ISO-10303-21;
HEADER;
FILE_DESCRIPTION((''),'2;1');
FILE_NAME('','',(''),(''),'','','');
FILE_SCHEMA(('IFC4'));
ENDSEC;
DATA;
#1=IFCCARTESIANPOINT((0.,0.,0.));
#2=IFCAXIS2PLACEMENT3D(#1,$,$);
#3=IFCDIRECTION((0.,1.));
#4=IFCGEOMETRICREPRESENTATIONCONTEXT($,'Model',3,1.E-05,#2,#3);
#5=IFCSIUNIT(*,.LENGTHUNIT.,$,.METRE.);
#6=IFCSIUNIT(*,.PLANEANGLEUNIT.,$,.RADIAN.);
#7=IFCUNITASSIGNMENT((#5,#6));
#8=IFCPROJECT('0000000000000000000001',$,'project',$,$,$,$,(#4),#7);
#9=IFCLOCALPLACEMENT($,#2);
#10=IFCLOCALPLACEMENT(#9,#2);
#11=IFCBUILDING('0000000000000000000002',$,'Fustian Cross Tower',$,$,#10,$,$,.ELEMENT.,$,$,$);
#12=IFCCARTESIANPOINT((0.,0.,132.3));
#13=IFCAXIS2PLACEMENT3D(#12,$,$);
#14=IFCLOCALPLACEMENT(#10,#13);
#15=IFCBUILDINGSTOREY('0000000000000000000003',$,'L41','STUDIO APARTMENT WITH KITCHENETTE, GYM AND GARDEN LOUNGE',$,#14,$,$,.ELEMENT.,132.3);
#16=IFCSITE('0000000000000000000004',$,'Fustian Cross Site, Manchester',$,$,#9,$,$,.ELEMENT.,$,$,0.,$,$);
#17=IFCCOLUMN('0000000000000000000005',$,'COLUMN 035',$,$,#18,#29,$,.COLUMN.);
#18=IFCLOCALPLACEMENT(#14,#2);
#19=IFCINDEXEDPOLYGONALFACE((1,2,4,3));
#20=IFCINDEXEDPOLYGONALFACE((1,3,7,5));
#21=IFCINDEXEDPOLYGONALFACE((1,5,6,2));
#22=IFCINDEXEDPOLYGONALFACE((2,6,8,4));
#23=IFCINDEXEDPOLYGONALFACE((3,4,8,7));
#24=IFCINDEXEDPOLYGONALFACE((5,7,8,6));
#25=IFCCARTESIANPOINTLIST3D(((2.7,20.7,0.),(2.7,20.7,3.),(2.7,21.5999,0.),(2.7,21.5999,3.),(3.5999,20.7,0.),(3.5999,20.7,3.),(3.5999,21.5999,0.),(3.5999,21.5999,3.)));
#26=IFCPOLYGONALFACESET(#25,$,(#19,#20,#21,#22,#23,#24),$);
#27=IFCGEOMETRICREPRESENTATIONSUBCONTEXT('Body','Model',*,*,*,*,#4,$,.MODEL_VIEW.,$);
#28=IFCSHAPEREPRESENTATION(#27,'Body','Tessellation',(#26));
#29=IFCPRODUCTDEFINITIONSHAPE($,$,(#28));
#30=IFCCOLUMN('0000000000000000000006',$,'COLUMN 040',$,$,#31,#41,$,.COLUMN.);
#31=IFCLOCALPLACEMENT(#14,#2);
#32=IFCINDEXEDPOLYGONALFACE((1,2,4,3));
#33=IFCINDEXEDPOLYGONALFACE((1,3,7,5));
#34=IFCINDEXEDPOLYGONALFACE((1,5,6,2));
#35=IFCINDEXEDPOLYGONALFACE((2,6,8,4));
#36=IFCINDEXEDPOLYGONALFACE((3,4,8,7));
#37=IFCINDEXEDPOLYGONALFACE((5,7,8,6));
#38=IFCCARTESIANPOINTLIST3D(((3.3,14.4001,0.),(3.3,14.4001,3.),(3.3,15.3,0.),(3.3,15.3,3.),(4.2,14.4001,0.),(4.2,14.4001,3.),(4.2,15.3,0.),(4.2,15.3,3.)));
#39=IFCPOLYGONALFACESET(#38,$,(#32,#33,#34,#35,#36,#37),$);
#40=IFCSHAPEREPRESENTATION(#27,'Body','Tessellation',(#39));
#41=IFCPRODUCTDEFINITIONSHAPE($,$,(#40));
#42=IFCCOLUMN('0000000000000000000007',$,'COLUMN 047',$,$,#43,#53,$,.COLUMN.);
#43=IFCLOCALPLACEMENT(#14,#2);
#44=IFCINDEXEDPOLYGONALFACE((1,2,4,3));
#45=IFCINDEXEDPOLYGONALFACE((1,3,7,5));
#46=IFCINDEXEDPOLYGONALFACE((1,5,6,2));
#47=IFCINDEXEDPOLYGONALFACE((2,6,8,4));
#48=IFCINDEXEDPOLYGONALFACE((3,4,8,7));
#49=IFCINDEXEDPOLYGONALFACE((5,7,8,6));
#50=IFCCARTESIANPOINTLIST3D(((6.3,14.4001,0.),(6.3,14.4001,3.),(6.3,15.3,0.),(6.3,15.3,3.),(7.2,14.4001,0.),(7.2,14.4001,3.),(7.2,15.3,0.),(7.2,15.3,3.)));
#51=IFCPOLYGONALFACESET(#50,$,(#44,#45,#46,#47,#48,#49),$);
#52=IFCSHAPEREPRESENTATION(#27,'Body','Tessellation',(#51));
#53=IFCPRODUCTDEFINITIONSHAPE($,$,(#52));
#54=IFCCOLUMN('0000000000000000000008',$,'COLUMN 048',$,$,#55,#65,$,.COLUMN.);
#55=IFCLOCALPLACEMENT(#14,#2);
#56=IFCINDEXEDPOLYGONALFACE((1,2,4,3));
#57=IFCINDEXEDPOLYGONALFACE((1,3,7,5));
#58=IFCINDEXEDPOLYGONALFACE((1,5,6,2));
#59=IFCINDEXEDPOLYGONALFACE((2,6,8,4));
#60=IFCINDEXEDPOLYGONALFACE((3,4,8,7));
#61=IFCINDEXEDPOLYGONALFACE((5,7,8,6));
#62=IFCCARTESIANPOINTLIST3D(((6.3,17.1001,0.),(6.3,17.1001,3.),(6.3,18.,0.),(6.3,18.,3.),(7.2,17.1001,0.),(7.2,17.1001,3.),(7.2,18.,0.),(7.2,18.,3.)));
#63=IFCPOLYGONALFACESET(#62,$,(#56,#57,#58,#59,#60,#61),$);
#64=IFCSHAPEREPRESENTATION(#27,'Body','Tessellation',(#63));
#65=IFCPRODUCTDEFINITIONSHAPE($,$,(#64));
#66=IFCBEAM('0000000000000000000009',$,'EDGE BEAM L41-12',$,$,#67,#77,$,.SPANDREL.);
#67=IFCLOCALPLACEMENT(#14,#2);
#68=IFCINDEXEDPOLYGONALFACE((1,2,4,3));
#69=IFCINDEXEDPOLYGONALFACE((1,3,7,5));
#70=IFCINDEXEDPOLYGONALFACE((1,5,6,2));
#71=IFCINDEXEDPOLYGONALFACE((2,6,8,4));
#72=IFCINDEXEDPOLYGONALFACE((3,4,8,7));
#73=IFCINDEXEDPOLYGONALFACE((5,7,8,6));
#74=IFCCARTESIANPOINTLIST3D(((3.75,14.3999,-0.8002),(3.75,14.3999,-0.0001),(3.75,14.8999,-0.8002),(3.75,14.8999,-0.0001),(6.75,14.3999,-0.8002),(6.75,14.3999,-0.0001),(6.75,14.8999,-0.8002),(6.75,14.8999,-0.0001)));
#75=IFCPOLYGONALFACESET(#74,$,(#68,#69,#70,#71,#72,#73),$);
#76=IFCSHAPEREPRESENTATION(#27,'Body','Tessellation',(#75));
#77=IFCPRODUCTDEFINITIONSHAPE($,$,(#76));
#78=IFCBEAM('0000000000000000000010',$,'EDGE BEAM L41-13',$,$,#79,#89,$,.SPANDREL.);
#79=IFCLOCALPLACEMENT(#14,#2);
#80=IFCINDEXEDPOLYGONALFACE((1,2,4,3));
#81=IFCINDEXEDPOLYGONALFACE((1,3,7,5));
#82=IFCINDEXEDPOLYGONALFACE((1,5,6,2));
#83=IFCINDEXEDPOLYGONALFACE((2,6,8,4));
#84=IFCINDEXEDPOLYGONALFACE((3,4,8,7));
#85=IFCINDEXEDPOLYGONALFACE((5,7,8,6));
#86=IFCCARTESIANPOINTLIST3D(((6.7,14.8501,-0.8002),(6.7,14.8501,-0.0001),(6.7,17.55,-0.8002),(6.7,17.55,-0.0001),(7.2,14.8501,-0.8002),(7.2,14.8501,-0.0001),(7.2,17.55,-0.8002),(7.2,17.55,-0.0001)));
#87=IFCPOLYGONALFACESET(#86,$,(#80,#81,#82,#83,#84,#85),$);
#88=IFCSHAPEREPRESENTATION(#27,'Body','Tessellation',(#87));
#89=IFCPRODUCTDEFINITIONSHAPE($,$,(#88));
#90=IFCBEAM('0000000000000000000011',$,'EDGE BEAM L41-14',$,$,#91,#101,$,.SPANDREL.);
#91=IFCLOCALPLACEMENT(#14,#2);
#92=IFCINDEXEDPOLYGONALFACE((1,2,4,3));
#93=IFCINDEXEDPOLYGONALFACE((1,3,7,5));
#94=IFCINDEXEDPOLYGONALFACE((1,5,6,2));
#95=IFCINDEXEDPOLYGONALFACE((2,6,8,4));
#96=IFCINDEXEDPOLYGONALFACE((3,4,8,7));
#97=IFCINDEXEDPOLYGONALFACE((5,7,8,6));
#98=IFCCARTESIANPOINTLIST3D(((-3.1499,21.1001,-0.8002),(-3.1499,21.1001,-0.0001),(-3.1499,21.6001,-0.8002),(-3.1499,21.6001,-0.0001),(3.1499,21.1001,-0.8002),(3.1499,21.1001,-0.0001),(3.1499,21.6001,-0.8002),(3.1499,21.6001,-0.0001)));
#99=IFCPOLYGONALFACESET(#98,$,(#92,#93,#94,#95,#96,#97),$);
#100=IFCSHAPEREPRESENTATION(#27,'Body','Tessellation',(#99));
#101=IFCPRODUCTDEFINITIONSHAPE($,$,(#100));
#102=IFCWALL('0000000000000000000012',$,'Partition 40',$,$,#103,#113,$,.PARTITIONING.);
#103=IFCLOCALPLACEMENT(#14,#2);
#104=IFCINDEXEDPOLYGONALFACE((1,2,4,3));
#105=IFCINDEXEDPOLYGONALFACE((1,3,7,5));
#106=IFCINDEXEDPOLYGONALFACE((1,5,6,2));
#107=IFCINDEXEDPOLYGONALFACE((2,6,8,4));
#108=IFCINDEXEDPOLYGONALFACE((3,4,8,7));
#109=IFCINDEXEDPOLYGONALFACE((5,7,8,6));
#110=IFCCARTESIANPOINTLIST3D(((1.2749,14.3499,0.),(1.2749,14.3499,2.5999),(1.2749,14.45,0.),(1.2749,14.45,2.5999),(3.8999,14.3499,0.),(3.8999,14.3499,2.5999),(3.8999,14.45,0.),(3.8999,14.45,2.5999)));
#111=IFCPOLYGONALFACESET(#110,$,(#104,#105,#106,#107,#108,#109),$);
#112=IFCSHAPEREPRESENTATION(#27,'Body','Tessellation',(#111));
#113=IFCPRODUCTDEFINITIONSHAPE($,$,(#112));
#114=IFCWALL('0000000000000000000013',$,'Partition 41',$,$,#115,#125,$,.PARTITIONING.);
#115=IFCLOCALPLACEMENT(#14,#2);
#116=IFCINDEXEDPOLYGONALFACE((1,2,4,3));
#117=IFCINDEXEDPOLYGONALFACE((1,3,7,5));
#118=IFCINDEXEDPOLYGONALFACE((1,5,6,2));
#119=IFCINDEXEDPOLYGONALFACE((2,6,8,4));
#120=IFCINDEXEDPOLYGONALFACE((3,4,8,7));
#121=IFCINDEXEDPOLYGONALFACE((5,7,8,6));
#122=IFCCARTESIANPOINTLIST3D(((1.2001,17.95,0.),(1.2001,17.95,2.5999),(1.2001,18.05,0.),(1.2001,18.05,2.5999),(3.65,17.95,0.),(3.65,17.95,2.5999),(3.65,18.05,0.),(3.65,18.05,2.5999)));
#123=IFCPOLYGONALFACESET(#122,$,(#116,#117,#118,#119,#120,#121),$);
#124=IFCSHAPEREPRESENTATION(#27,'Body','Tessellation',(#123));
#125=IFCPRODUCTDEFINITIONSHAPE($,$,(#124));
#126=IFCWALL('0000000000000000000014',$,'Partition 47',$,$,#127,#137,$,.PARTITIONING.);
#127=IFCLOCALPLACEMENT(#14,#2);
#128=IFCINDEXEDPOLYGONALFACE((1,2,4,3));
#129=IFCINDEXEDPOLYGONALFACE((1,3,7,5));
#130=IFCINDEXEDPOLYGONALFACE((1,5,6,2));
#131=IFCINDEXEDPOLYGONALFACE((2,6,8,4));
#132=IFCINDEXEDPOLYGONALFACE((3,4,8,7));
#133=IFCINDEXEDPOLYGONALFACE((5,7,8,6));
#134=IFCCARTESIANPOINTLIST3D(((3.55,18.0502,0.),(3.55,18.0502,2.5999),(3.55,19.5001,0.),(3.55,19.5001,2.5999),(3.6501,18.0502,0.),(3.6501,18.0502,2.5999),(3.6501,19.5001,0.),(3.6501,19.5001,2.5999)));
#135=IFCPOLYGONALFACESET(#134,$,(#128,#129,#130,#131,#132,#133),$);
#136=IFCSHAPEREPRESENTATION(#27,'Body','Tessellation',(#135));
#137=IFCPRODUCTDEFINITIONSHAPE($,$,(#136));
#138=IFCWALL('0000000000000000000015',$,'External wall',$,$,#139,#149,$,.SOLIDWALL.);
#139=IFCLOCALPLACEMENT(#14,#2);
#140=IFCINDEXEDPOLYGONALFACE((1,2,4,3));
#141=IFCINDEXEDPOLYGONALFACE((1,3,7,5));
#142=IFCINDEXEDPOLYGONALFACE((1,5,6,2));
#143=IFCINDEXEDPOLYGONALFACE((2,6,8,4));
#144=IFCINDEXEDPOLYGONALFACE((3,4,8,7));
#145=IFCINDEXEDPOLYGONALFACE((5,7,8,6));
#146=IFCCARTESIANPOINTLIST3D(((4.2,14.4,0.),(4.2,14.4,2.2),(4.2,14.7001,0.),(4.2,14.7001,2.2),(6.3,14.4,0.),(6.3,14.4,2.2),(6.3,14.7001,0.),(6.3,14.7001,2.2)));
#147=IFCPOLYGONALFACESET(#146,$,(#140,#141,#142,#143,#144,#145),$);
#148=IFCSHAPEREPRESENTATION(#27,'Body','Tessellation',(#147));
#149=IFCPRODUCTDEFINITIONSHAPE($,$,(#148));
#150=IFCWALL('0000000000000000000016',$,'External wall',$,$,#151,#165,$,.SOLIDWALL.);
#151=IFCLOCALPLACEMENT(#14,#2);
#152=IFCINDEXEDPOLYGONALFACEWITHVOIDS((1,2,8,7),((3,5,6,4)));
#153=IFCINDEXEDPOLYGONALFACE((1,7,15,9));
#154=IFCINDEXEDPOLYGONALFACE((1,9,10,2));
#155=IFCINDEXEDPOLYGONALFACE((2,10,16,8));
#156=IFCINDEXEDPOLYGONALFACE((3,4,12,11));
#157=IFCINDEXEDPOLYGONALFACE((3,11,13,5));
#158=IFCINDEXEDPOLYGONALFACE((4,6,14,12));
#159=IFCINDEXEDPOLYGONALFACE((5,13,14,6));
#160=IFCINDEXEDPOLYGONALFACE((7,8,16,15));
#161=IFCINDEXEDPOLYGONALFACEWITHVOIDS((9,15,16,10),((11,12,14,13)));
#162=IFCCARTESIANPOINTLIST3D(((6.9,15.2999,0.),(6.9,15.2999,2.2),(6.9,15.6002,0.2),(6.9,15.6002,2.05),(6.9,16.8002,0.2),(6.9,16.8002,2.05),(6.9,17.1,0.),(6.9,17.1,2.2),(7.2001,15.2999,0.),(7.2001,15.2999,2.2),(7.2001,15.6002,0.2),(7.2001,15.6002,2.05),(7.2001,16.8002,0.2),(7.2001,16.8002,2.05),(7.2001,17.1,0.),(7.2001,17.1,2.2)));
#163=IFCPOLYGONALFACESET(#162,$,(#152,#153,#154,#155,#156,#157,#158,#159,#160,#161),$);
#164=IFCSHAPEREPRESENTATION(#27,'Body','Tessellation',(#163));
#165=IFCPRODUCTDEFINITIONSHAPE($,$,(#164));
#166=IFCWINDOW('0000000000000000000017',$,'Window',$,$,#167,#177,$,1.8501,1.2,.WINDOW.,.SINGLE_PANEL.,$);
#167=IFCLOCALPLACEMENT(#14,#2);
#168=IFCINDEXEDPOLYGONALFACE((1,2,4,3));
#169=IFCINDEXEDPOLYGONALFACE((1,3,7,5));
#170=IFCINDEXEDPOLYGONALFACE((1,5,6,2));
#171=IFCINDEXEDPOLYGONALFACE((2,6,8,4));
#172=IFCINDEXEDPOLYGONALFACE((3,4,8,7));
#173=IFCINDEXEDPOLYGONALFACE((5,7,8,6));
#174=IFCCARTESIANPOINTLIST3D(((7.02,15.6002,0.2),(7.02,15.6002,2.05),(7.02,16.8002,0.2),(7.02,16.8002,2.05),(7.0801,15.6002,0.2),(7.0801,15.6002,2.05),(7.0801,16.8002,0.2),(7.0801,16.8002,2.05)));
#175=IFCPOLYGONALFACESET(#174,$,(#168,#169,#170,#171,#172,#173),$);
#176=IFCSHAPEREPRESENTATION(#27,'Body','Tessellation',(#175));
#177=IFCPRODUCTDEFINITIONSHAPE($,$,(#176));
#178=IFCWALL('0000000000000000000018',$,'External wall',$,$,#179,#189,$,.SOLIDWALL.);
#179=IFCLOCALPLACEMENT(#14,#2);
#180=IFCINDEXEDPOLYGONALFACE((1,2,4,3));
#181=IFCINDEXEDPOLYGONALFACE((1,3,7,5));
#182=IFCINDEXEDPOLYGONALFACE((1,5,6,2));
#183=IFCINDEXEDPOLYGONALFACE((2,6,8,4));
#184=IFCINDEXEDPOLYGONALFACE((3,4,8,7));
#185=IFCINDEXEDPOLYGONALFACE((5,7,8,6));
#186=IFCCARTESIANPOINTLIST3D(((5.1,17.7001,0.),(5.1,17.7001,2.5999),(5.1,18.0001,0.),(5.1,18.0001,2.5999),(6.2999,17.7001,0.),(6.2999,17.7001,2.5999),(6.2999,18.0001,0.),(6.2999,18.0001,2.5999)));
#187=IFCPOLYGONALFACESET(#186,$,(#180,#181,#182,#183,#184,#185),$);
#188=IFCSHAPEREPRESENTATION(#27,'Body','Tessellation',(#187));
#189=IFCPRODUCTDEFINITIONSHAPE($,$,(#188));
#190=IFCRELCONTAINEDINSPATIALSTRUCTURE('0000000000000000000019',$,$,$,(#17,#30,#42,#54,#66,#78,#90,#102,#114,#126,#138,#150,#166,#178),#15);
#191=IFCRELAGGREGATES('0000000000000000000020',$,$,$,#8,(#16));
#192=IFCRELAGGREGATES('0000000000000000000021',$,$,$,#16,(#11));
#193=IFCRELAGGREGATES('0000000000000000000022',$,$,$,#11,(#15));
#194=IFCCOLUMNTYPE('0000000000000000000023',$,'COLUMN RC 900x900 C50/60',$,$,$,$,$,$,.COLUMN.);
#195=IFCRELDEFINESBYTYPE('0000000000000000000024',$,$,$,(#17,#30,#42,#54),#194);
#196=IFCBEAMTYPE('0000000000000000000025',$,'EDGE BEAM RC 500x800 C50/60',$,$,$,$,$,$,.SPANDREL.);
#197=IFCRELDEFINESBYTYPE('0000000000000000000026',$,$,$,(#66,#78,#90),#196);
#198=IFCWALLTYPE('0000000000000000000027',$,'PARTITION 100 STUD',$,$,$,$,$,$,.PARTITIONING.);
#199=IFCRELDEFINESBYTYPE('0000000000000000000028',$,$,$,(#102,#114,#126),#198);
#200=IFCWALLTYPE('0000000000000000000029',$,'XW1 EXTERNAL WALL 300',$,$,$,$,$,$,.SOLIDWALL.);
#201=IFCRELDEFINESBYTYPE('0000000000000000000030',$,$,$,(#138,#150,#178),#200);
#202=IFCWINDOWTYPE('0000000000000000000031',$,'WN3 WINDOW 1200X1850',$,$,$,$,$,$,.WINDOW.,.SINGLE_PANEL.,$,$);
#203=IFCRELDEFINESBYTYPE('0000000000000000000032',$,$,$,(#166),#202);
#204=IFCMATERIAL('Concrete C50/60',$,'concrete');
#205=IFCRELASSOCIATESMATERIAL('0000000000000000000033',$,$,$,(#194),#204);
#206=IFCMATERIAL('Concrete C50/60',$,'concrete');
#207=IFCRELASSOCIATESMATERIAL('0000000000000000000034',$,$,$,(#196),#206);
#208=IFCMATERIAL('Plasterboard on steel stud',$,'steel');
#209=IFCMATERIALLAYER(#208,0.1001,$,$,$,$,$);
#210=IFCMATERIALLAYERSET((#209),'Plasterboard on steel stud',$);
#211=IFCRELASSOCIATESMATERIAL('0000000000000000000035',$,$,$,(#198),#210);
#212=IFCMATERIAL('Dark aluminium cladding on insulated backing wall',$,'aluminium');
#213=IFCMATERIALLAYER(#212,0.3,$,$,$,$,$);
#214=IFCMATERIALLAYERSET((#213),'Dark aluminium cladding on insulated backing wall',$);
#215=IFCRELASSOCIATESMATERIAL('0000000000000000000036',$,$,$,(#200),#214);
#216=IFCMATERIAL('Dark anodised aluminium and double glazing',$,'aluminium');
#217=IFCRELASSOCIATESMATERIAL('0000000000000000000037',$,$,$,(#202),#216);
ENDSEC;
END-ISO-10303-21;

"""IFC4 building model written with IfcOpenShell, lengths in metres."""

from ifc_helpers import new_model, si_unit, direction, frame, frame_2d, origin, origin_2d, place, context, subcontext, project, spatial, rectangle, extrude, material, layer, layer_set, material_profile, profile_set, type_object, element, fill, save


model = new_model("IFC4")

# Units and contexts
model_context = context("Model", 3, precision=1e-05, world=origin(), true_north=direction((0.0, 1.0)))
body_context = subcontext(model_context, "Body", "Model", "MODEL_VIEW")
ifc_project = project(units=[si_unit("LENGTHUNIT", "METRE"), si_unit("PLANEANGLEUNIT", "RADIAN")], contexts=[model_context])

# Site, building, storey
site_placement = place(None, origin())
site = spatial("IfcSite", under=ifc_project, at=site_placement, Name="Fustian Cross Site, Manchester", CompositionType="ELEMENT", RefElevation=0.0)
building_placement = place(site_placement, origin())
building = spatial("IfcBuilding", under=site, at=building_placement, Name="Fustian Cross Tower", CompositionType="ELEMENT")
storey_placement = place(building_placement, frame((0.0, 0.0, 132.3)))
storey = spatial("IfcBuildingStorey", under=building, at=storey_placement, Name="L41", Description="STUDIO APARTMENT WITH KITCHENETTE, GYM AND GARDEN LOUNGE", CompositionType="ELEMENT", Elevation=132.3)

# Columns
ifc_material_1 = material(Name="Concrete C50/60", Category="concrete")
ifc_material_profile_1 = material_profile(ifc_material_1, rectangle(XDim=0.8999, YDim=0.8999, at=origin_2d()), Name="RC 900x900")
ifc_profile_set_1 = profile_set([ifc_material_profile_1], Name="Concrete C50/60")
column_type = type_object("IfcColumnType", Name="COLUMN RC 900x900 C50/60", PredefinedType="COLUMN", material=ifc_profile_set_1)
for number, where, z_axis, x_axis, name in (
    (1, (3.1499, 21.1499, 0.0), (0.0, 0.0, 1.0), (1.0, 0.0, 0.0), "COLUMN 035"),
    (2, (3.75, 14.8501, 0.0), (0.0, 0.0, 1.0), (1.0, 0.0, 0.0), "COLUMN 040"),
    (3, (6.75, 14.8501, 0.0), (0.0, 0.0, 1.0), (1.0, 0.0, 0.0), "COLUMN 047"),
    (4, (6.75, 17.55, 0.0), (0.0, 0.0, 1.0), (1.0, 0.0, 0.0), "COLUMN 048"),
):
    element("IfcColumn", number, at=place(storey_placement, frame(where, z_axis=z_axis, x_axis=x_axis)), inside=storey, type_object=column_type, Name=name, PredefinedType="COLUMN", context=body_context, shape_type="SweptSolid", body=[
        extrude(rectangle(XDim=0.8999, YDim=0.8999, at=origin_2d()), origin(), (0.0, 0.0, 1.0), 3.0),
    ])

# Beams
ifc_material_2 = material(Name="Concrete C50/60", Category="concrete")
ifc_material_profile_2 = material_profile(ifc_material_2, rectangle(XDim=0.5, YDim=0.8, at=origin_2d()), Name="RC 500x800")
ifc_profile_set_2 = profile_set([ifc_material_profile_2], Name="Concrete C50/60")
beam_type = type_object("IfcBeamType", Name="EDGE BEAM RC 500x800 C50/60", PredefinedType="SPANDREL", material=ifc_profile_set_2)
beam_1_placement = place(storey_placement, frame((3.75, 14.6499, -0.4001), z_axis=(1.0, 0.0, 0.0), x_axis=(0.0, 1.0, 0.0)))
element("IfcBeam", 5, at=beam_1_placement, inside=storey, type_object=beam_type, Name="EDGE BEAM L41-12", PredefinedType="SPANDREL", context=body_context, shape_type="SweptSolid", body=[
    extrude(rectangle(XDim=0.5, YDim=0.8, at=origin_2d()), origin(), (0.0, 0.0, 1.0), 3.0),
])
beam_2_placement = place(storey_placement, frame((6.95, 14.8501, -0.4001), z_axis=(0.0, 1.0, 0.0), x_axis=(-1.0, 0.0, 0.0)))
element("IfcBeam", 6, at=beam_2_placement, inside=storey, type_object=beam_type, Name="EDGE BEAM L41-13", PredefinedType="SPANDREL", context=body_context, shape_type="SweptSolid", body=[
    extrude(rectangle(XDim=0.5, YDim=0.8, at=origin_2d()), origin(), (0.0, 0.0, 1.0), 2.7),
])
beam_3_placement = place(storey_placement, frame((3.1499, 21.3501, -0.4001), z_axis=(-1.0, 0.0, 0.0), x_axis=(0.0, -1.0, 0.0)))
element("IfcBeam", 7, at=beam_3_placement, inside=storey, type_object=beam_type, Name="EDGE BEAM L41-14", PredefinedType="SPANDREL", context=body_context, shape_type="SweptSolid", body=[
    extrude(rectangle(XDim=0.5, YDim=0.8, at=origin_2d()), origin(), (0.0, 0.0, 1.0), 6.2998),
])

# Walls
ifc_material_3 = material(Name="Plasterboard on steel stud", Category="steel")
ifc_layer_1 = layer(ifc_material_3, 0.1001)
ifc_layer_set_1 = layer_set([ifc_layer_1], Name="Plasterboard on steel stud")
wall_type_1 = type_object("IfcWallType", Name="PARTITION 100 STUD", PredefinedType="PARTITIONING", material=ifc_layer_set_1)
wall_1_placement = place(storey_placement, frame((1.2749, 14.3999, 0.0), z_axis=(0.0, 0.0, 1.0), x_axis=(1.0, 0.0, 0.0)))
element("IfcWall", 8, at=wall_1_placement, inside=storey, type_object=wall_type_1, Name="Partition 40", PredefinedType="PARTITIONING", context=body_context, shape_type="SweptSolid", body=[
    extrude(rectangle(XDim=2.625, YDim=0.1001, at=frame_2d((1.3125, 0.0))), origin(), (0.0, 0.0, 1.0), 2.5999),
])
wall_2_placement = place(storey_placement, frame((1.2, 18.0, 0.0), z_axis=(0.0, 0.0, 1.0), x_axis=(1.0, 0.0, 0.0)))
element("IfcWall", 9, at=wall_2_placement, inside=storey, type_object=wall_type_1, Name="Partition 41", PredefinedType="PARTITIONING", context=body_context, shape_type="SweptSolid", body=[
    extrude(rectangle(XDim=2.45, YDim=0.1001, at=frame_2d((1.2251, 0.0))), origin(), (0.0, 0.0, 1.0), 2.5999),
])
wall_3_placement = place(storey_placement, frame((3.6001, 18.05, 0.0), z_axis=(0.0, 0.0, 1.0), x_axis=(0.0, 1.0, 0.0)))
element("IfcWall", 10, at=wall_3_placement, inside=storey, type_object=wall_type_1, Name="Partition 47", PredefinedType="PARTITIONING", context=body_context, shape_type="SweptSolid", body=[
    extrude(rectangle(XDim=1.45, YDim=0.1001, at=frame_2d((0.7251, 0.0))), origin(), (0.0, 0.0, 1.0), 2.5999),
])
ifc_material_4 = material(Name="Dark aluminium cladding on insulated backing wall", Category="aluminium")
ifc_layer_2 = layer(ifc_material_4, 0.3)
ifc_layer_set_2 = layer_set([ifc_layer_2], Name="Dark aluminium cladding on insulated backing wall")
wall_type_2 = type_object("IfcWallType", Name="XW1 EXTERNAL WALL 300", PredefinedType="SOLIDWALL", material=ifc_layer_set_2)
wall_4_placement = place(storey_placement, frame((4.2, 14.55, 0.0), z_axis=(0.0, 0.0, 1.0), x_axis=(1.0, 0.0, 0.0)))
element("IfcWall", 11, at=wall_4_placement, inside=storey, type_object=wall_type_2, Name="External wall", PredefinedType="SOLIDWALL", context=body_context, shape_type="SweptSolid", body=[
    extrude(rectangle(XDim=2.1001, YDim=0.3, at=frame_2d((1.05, 0.0))), origin(), (0.0, 0.0, 1.0), 2.2),
])

# Wall, opening, window
wall_5_placement = place(storey_placement, frame((7.05, 15.3, 0.0), z_axis=(0.0, 0.0, 1.0), x_axis=(0.0, 1.0, 0.0)))
wall_5 = element("IfcWall", 12, at=wall_5_placement, inside=storey, type_object=wall_type_2, Name="External wall", PredefinedType="SOLIDWALL", context=body_context, shape_type="SweptSolid", body=[
    extrude(rectangle(XDim=1.8, YDim=0.3, at=frame_2d((0.8999, 0.0))), origin(), (0.0, 0.0, 1.0), 2.2),
])
opening_1_placement = place(wall_5_placement, frame((0.3, 0.0, 0.2)))
opening_1 = element("IfcOpeningElement", 13, at=opening_1_placement, cuts=wall_5, PredefinedType="OPENING", context=body_context, shape_type="SweptSolid", body=[
    extrude(rectangle(XDim=1.2, YDim=1.8501, at=frame_2d((0.6001, 0.925))), frame((0.0, 0.1599, 0.0), z_axis=(0.0, -1.0, 0.0), x_axis=(1.0, 0.0, 0.0)), (0.0, 0.0, 1.0), 0.3201),
])
ifc_material_5 = material(Name="Dark anodised aluminium and double glazing", Category="aluminium")
window_type_1 = type_object("IfcWindowType", Name="WN3 WINDOW 1200X1850", PartitioningType="SINGLE_PANEL", PredefinedType="WINDOW", material=ifc_material_5)
window_1_placement = place(opening_1_placement, origin())
window_1 = element("IfcWindow", 14, at=window_1_placement, inside=storey, type_object=window_type_1, Name="Window", OverallHeight=1.8501, OverallWidth=1.2, PartitioningType="SINGLE_PANEL", PredefinedType="WINDOW", context=body_context, shape_type="SweptSolid", body=[
    extrude(rectangle(XDim=1.2, YDim=1.8501, at=frame_2d((0.6001, 0.925))), frame((0.0, 0.03, 0.0), z_axis=(0.0, -1.0, 0.0), x_axis=(1.0, 0.0, 0.0)), (0.0, 0.0, 1.0), 0.0601),
])
fill(opening_1, window_1)

# Wall
wall_6_placement = place(storey_placement, frame((6.3, 17.8501, 0.0), z_axis=(0.0, 0.0, 1.0), x_axis=(-1.0, 0.0, 0.0)))
element("IfcWall", 15, at=wall_6_placement, inside=storey, type_object=wall_type_2, Name="External wall", PredefinedType="SOLIDWALL", context=body_context, shape_type="SweptSolid", body=[
    extrude(rectangle(XDim=1.2, YDim=0.3, at=frame_2d((0.6001, 0.0))), origin(), (0.0, 0.0, 1.0), 2.5999),
])

save(model, "model.ifc")
